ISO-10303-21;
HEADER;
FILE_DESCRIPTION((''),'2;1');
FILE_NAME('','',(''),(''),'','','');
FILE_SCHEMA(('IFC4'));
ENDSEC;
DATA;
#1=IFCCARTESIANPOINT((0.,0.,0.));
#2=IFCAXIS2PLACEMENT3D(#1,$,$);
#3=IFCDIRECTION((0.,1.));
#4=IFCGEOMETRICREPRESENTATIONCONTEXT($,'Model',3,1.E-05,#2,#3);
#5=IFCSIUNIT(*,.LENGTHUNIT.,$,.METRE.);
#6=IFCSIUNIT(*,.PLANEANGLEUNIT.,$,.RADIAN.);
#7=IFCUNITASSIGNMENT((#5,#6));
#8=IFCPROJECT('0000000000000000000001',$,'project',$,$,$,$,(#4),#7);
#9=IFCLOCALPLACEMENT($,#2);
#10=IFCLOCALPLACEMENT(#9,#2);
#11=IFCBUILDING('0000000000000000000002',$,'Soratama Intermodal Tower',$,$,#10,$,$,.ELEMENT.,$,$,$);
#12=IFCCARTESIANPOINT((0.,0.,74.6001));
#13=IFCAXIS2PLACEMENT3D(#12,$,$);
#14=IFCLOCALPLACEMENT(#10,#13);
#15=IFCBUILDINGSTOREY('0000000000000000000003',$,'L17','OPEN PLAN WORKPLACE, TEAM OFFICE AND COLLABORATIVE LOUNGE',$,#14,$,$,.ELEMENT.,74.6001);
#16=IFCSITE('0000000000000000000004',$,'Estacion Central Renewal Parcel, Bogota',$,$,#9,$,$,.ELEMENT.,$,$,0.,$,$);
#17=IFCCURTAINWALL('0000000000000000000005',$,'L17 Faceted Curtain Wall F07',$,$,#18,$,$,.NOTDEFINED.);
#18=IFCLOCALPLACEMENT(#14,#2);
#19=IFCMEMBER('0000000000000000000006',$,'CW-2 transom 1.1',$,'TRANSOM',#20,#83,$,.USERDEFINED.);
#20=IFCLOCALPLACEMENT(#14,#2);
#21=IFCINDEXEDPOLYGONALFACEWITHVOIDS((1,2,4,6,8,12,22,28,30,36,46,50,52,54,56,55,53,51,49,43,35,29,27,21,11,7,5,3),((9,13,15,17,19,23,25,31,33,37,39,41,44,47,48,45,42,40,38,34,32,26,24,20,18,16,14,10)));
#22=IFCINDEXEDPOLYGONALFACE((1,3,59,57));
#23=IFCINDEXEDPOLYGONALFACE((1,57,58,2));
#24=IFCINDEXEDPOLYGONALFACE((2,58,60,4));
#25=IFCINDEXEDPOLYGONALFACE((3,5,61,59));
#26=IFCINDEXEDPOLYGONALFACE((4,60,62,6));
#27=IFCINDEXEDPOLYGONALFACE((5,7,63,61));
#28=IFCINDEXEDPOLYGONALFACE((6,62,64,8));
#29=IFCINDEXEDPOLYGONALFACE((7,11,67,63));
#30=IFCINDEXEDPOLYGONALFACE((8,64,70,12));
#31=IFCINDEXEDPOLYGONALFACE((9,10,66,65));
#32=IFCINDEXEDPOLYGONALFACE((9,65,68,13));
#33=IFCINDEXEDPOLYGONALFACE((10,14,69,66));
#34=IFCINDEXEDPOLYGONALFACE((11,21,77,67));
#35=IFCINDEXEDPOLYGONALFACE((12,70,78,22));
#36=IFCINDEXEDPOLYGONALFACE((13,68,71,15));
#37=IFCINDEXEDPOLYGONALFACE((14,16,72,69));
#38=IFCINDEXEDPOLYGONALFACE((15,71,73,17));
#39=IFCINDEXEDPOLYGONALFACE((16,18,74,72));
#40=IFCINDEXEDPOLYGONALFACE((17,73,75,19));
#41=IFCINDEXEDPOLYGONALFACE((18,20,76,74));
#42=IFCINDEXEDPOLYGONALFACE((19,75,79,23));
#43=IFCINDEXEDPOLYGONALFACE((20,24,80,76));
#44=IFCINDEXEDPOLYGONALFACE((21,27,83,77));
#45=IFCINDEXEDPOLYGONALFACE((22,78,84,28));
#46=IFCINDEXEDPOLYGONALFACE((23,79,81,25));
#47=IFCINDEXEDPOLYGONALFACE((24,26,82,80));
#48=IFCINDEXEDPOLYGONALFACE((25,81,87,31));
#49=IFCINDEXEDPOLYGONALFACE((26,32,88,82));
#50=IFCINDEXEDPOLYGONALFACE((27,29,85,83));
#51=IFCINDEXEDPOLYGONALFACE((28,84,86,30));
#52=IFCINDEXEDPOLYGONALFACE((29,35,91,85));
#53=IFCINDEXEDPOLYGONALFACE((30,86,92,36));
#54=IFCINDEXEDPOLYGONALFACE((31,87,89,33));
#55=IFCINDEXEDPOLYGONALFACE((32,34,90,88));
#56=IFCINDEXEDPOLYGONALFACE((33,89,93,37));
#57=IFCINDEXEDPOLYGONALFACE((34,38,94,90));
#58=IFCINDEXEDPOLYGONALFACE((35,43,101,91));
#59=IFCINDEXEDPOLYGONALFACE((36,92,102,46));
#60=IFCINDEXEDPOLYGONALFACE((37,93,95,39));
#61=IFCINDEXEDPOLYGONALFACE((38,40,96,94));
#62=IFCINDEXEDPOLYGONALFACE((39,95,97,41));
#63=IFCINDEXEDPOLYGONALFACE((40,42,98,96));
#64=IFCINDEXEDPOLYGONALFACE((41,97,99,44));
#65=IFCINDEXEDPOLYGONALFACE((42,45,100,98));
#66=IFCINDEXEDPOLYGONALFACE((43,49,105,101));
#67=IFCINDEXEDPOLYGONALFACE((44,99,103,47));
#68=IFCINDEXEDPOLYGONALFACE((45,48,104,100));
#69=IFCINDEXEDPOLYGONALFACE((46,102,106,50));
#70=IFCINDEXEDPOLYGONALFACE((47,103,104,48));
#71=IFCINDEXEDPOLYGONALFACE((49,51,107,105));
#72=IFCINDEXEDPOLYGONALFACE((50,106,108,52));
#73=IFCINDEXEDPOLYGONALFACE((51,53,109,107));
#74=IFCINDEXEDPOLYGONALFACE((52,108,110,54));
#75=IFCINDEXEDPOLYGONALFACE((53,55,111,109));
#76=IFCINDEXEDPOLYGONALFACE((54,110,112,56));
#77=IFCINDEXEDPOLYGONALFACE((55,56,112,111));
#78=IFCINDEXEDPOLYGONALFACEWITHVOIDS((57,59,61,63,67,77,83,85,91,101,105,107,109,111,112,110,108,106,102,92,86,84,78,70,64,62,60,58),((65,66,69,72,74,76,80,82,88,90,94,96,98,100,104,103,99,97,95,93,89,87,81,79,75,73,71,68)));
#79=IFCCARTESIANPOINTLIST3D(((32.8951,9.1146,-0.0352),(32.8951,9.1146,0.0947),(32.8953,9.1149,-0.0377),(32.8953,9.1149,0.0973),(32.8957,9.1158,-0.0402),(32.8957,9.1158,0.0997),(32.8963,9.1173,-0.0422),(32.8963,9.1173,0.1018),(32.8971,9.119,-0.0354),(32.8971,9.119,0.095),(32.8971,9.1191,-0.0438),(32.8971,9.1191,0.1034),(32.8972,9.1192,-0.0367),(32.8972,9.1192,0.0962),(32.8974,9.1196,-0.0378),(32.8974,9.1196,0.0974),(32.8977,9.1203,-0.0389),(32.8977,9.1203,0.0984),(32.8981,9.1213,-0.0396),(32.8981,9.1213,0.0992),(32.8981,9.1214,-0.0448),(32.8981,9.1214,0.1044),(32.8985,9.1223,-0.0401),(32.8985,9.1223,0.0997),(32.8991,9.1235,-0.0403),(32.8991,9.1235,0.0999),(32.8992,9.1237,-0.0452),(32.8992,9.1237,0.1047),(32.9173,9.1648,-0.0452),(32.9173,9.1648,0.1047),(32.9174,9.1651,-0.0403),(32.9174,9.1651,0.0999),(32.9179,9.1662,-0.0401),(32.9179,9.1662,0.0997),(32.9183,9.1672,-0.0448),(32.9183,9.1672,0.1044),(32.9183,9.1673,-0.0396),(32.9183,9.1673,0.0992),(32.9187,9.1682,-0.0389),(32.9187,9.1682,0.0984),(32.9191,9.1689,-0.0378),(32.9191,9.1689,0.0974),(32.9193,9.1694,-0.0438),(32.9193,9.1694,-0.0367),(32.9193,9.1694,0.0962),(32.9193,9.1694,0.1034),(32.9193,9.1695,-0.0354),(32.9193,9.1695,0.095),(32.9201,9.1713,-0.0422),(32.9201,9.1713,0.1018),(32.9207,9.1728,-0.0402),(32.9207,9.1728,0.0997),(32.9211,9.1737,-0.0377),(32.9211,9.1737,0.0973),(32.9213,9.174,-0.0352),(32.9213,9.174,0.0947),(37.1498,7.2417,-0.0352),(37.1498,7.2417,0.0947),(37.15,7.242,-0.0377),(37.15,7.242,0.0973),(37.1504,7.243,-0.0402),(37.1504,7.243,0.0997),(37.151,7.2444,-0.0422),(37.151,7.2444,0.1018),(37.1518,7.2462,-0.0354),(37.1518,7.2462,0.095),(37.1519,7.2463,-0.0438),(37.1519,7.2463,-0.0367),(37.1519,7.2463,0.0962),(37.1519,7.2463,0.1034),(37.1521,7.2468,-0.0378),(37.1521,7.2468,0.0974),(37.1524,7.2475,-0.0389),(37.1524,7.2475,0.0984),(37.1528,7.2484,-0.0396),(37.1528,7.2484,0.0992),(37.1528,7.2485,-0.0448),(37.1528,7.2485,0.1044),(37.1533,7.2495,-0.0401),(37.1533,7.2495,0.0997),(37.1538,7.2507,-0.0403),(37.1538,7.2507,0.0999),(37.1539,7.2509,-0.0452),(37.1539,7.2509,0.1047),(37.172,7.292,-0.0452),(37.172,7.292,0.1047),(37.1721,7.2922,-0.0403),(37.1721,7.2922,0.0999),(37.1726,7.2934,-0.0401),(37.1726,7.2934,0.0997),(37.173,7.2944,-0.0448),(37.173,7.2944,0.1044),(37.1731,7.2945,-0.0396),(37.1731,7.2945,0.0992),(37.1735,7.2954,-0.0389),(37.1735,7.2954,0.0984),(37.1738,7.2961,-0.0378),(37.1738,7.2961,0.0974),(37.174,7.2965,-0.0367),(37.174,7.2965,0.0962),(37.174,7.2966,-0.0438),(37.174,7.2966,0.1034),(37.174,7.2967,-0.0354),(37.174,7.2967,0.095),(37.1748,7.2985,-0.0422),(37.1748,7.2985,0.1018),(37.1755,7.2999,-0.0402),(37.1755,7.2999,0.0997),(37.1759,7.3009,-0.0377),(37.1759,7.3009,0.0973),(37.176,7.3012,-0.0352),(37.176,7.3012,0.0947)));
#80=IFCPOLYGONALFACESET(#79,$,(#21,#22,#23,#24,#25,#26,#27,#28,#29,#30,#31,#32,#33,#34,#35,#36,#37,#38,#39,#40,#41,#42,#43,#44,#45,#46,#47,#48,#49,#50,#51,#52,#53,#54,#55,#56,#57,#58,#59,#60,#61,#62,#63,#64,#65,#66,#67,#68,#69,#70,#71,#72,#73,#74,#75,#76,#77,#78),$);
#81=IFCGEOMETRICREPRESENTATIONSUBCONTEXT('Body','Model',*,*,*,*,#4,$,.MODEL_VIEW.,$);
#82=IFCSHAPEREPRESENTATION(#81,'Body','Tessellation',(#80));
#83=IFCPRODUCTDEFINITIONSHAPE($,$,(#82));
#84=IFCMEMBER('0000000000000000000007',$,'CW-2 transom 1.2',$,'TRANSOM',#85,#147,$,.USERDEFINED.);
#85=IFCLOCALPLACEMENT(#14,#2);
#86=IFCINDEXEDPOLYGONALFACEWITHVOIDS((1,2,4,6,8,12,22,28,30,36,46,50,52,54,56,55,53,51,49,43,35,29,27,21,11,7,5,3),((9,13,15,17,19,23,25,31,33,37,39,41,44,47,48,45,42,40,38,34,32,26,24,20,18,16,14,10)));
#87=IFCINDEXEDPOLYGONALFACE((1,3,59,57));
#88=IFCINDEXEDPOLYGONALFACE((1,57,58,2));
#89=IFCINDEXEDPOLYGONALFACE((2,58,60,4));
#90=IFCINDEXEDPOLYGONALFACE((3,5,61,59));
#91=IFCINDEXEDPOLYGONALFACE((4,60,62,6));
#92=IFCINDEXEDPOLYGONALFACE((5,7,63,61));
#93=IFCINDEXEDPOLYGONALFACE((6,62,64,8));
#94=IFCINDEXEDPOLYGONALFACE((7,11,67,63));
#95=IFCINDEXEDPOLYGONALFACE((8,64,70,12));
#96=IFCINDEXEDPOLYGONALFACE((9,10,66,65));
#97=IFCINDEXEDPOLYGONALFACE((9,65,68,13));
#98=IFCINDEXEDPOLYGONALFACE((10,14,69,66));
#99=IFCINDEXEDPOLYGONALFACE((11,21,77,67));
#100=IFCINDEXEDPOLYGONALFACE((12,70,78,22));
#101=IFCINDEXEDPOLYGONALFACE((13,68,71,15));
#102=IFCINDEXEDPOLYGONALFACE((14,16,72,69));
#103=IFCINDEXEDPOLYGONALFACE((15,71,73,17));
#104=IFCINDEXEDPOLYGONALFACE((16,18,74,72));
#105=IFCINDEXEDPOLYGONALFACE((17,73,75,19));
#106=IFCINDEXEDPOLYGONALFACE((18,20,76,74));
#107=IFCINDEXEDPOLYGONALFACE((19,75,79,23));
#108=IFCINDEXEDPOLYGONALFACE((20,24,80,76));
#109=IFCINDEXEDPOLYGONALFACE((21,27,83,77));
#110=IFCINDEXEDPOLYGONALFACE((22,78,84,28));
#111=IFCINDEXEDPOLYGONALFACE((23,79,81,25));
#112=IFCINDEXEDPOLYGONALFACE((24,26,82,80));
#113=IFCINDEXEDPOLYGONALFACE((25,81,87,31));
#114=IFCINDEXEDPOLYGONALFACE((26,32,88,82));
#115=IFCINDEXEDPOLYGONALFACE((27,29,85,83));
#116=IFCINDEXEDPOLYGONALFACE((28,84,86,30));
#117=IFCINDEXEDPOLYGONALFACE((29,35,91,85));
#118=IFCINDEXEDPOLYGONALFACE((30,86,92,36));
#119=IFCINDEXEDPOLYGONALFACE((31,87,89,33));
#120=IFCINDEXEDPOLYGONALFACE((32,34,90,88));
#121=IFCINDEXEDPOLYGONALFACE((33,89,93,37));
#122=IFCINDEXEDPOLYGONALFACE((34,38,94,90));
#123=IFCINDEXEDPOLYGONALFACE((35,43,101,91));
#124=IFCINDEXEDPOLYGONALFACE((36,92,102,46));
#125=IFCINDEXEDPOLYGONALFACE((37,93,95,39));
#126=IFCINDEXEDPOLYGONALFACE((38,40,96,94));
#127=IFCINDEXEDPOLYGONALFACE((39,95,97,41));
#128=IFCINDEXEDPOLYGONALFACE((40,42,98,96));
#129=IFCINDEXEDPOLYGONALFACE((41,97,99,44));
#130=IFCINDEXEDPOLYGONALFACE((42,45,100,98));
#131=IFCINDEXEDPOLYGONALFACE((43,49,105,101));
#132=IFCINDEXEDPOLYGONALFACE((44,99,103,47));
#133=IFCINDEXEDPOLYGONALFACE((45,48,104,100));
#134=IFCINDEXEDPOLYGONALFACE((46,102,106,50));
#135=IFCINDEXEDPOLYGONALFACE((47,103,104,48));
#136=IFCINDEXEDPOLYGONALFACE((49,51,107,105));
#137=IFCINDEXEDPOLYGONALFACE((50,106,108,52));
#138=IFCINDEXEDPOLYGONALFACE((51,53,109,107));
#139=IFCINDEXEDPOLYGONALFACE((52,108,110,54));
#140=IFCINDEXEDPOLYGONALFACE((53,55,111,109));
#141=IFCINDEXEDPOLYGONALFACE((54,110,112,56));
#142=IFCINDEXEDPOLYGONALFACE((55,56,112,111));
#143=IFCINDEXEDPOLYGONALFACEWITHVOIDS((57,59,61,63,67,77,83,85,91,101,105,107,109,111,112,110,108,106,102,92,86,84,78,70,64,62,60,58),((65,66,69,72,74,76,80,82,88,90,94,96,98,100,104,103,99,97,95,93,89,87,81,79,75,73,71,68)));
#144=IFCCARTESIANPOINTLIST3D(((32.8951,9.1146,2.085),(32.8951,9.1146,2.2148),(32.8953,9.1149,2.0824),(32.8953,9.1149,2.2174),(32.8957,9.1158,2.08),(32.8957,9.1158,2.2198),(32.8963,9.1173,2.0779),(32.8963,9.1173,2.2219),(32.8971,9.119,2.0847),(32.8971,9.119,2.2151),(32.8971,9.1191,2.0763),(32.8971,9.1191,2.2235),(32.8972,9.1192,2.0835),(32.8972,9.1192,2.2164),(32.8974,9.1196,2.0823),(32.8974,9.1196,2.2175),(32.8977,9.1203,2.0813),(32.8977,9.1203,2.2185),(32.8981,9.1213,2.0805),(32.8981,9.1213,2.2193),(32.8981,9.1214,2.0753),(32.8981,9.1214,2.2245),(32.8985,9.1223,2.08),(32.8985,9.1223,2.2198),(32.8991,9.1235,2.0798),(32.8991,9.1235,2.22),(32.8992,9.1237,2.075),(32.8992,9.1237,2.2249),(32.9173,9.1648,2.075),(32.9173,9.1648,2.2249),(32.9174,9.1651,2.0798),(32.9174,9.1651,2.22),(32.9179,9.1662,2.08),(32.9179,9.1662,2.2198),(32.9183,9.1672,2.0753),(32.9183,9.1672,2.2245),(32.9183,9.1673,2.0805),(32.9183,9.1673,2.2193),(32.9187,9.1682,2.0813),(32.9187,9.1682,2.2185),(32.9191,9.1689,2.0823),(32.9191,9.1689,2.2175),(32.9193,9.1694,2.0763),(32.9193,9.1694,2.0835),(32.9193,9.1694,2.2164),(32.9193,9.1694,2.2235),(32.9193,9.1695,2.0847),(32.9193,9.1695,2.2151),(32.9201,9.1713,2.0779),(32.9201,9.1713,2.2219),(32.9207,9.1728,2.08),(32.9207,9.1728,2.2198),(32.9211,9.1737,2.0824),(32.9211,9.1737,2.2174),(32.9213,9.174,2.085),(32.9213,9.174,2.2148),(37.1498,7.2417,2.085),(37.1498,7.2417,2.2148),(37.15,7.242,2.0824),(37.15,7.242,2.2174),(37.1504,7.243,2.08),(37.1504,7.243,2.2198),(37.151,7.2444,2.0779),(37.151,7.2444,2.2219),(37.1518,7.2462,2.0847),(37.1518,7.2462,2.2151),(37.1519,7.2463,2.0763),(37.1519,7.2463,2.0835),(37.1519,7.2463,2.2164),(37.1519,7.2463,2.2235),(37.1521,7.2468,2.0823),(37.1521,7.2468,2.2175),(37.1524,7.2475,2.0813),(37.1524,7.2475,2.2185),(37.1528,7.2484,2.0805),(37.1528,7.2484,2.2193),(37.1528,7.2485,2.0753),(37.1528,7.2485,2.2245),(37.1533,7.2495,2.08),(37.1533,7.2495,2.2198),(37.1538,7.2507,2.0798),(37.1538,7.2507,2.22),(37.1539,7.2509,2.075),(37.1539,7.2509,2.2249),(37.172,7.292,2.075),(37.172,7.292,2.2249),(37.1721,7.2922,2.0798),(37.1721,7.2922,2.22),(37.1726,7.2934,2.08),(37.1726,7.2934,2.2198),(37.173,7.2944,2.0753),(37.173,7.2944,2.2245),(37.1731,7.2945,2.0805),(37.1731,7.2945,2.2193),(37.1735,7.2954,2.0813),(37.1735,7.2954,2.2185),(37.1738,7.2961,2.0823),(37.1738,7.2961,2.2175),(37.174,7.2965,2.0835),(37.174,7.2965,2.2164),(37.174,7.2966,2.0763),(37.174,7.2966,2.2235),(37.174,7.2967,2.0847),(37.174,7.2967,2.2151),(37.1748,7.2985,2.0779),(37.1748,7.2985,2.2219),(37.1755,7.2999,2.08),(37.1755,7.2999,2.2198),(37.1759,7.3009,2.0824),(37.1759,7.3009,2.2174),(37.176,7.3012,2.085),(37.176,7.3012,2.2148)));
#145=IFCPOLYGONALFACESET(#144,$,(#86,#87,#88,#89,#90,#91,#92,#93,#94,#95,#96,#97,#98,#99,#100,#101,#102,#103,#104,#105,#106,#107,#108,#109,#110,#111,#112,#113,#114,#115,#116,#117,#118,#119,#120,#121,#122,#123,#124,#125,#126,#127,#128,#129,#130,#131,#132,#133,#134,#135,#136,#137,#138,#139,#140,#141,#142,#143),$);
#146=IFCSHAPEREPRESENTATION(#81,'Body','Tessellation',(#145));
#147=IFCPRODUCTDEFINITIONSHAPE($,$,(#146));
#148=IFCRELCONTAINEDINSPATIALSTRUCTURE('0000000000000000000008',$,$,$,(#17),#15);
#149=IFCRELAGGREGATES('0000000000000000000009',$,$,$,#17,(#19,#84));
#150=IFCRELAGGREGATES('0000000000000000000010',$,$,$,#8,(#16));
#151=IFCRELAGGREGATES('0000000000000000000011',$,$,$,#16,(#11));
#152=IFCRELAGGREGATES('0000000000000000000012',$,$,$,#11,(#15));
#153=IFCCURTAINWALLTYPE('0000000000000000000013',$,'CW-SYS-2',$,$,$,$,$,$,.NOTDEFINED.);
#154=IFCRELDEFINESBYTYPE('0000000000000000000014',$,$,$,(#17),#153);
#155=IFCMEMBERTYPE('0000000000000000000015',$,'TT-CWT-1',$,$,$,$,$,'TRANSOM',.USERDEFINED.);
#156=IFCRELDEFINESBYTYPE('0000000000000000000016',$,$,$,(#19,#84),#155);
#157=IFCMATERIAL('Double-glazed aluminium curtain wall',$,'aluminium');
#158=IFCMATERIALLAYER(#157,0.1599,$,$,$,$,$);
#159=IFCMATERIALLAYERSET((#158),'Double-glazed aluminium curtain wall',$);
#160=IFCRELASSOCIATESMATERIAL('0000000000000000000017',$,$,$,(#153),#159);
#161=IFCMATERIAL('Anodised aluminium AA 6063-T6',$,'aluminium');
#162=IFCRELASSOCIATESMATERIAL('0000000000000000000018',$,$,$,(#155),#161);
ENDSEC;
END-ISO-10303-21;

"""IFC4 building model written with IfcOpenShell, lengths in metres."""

from ifc_helpers import new_model, si_unit, direction, frame, origin, origin_2d, place, context, subcontext, project, spatial, hollow_rectangle, extrude, material, layer, layer_set, material_profile, profile_set, type_object, element, aggregate, save


model = new_model("IFC4")

# Units and contexts
model_context = context("Model", 3, precision=1e-05, world=origin(), true_north=direction((0.0, 1.0)))
body_context = subcontext(model_context, "Body", "Model", "MODEL_VIEW")
ifc_project = project(units=[si_unit("LENGTHUNIT", "METRE"), si_unit("PLANEANGLEUNIT", "RADIAN")], contexts=[model_context])

# Site, building, storey
site_placement = place(None, origin())
site = spatial("IfcSite", under=ifc_project, at=site_placement, Name="Estacion Central Renewal Parcel, Bogota", CompositionType="ELEMENT", RefElevation=0.0)
building_placement = place(site_placement, origin())
building = spatial("IfcBuilding", under=site, at=building_placement, Name="Soratama Intermodal Tower", CompositionType="ELEMENT")
storey_placement = place(building_placement, frame((0.0, 0.0, 74.6001)))
storey = spatial("IfcBuildingStorey", under=building, at=storey_placement, Name="L17", Description="OPEN PLAN WORKPLACE, TEAM OFFICE AND COLLABORATIVE LOUNGE", CompositionType="ELEMENT", Elevation=74.6001)

# Curtain wall, members
ifc_material_1 = material(Name="Double-glazed aluminium curtain wall", Category="aluminium")
ifc_layer_1 = layer(ifc_material_1, 0.1599)
ifc_layer_set_1 = layer_set([ifc_layer_1], Name="Double-glazed aluminium curtain wall")
curtain_wall_type = type_object("IfcCurtainWallType", Name="CW-SYS-2", PredefinedType="NOTDEFINED", material=ifc_layer_set_1)
curtain_wall_placement = place(storey_placement, origin())
curtain_wall = element("IfcCurtainWall", 1, at=curtain_wall_placement, inside=storey, type_object=curtain_wall_type, Name="L17 Faceted Curtain Wall F07", PredefinedType="NOTDEFINED")
ifc_material_2 = material(Name="Anodised aluminium AA 6063-T6", Category="aluminium")
ifc_material_profile_1 = material_profile(ifc_material_2, hollow_rectangle(XDim=0.0649, YDim=0.1499, WallThickness=0.0049, InnerFilletRadius=0.0049, OuterFilletRadius=0.01, at=origin_2d()), Name="CWT150X65X5")
ifc_profile_set_1 = profile_set([ifc_material_profile_1], Name="Anodised aluminium AA 6063-T6")
member_type_1 = type_object("IfcMemberType", Name="TT-CWT-1", ElementType="TRANSOM", PredefinedType="USERDEFINED", material=ifc_profile_set_1)
member_1_placement = place(storey_placement, frame((32.9082, 9.1443, 0.0298), z_axis=(0.915255, -0.402876, 0.0), x_axis=(0.402876, 0.915255, 0.0)))
member_1 = element("IfcMember", 2, at=member_1_placement, type_object=member_type_1, Name="CW-2 transom 1.1", ObjectType="TRANSOM", PredefinedType="USERDEFINED", context=body_context, shape_type="SweptSolid", body=[
    extrude(hollow_rectangle(XDim=0.0649, YDim=0.1499, WallThickness=0.0049, InnerFilletRadius=0.0049, OuterFilletRadius=0.01, at=origin_2d()), origin(), (0.0, 0.0, 1.0), 4.6487),
])
member_2_placement = place(storey_placement, frame((32.9082, 9.1443, 2.1499), z_axis=(0.915255, -0.402876, 0.0), x_axis=(0.402876, 0.915255, 0.0)))
member_2 = element("IfcMember", 3, at=member_2_placement, type_object=member_type_1, Name="CW-2 transom 1.2", ObjectType="TRANSOM", PredefinedType="USERDEFINED", context=body_context, shape_type="SweptSolid", body=[
    extrude(hollow_rectangle(XDim=0.0649, YDim=0.1499, WallThickness=0.0049, InnerFilletRadius=0.0049, OuterFilletRadius=0.01, at=origin_2d()), origin(), (0.0, 0.0, 1.0), 4.6487),
])
aggregate(curtain_wall, [member_1, member_2])

save(model, "model.ifc")
